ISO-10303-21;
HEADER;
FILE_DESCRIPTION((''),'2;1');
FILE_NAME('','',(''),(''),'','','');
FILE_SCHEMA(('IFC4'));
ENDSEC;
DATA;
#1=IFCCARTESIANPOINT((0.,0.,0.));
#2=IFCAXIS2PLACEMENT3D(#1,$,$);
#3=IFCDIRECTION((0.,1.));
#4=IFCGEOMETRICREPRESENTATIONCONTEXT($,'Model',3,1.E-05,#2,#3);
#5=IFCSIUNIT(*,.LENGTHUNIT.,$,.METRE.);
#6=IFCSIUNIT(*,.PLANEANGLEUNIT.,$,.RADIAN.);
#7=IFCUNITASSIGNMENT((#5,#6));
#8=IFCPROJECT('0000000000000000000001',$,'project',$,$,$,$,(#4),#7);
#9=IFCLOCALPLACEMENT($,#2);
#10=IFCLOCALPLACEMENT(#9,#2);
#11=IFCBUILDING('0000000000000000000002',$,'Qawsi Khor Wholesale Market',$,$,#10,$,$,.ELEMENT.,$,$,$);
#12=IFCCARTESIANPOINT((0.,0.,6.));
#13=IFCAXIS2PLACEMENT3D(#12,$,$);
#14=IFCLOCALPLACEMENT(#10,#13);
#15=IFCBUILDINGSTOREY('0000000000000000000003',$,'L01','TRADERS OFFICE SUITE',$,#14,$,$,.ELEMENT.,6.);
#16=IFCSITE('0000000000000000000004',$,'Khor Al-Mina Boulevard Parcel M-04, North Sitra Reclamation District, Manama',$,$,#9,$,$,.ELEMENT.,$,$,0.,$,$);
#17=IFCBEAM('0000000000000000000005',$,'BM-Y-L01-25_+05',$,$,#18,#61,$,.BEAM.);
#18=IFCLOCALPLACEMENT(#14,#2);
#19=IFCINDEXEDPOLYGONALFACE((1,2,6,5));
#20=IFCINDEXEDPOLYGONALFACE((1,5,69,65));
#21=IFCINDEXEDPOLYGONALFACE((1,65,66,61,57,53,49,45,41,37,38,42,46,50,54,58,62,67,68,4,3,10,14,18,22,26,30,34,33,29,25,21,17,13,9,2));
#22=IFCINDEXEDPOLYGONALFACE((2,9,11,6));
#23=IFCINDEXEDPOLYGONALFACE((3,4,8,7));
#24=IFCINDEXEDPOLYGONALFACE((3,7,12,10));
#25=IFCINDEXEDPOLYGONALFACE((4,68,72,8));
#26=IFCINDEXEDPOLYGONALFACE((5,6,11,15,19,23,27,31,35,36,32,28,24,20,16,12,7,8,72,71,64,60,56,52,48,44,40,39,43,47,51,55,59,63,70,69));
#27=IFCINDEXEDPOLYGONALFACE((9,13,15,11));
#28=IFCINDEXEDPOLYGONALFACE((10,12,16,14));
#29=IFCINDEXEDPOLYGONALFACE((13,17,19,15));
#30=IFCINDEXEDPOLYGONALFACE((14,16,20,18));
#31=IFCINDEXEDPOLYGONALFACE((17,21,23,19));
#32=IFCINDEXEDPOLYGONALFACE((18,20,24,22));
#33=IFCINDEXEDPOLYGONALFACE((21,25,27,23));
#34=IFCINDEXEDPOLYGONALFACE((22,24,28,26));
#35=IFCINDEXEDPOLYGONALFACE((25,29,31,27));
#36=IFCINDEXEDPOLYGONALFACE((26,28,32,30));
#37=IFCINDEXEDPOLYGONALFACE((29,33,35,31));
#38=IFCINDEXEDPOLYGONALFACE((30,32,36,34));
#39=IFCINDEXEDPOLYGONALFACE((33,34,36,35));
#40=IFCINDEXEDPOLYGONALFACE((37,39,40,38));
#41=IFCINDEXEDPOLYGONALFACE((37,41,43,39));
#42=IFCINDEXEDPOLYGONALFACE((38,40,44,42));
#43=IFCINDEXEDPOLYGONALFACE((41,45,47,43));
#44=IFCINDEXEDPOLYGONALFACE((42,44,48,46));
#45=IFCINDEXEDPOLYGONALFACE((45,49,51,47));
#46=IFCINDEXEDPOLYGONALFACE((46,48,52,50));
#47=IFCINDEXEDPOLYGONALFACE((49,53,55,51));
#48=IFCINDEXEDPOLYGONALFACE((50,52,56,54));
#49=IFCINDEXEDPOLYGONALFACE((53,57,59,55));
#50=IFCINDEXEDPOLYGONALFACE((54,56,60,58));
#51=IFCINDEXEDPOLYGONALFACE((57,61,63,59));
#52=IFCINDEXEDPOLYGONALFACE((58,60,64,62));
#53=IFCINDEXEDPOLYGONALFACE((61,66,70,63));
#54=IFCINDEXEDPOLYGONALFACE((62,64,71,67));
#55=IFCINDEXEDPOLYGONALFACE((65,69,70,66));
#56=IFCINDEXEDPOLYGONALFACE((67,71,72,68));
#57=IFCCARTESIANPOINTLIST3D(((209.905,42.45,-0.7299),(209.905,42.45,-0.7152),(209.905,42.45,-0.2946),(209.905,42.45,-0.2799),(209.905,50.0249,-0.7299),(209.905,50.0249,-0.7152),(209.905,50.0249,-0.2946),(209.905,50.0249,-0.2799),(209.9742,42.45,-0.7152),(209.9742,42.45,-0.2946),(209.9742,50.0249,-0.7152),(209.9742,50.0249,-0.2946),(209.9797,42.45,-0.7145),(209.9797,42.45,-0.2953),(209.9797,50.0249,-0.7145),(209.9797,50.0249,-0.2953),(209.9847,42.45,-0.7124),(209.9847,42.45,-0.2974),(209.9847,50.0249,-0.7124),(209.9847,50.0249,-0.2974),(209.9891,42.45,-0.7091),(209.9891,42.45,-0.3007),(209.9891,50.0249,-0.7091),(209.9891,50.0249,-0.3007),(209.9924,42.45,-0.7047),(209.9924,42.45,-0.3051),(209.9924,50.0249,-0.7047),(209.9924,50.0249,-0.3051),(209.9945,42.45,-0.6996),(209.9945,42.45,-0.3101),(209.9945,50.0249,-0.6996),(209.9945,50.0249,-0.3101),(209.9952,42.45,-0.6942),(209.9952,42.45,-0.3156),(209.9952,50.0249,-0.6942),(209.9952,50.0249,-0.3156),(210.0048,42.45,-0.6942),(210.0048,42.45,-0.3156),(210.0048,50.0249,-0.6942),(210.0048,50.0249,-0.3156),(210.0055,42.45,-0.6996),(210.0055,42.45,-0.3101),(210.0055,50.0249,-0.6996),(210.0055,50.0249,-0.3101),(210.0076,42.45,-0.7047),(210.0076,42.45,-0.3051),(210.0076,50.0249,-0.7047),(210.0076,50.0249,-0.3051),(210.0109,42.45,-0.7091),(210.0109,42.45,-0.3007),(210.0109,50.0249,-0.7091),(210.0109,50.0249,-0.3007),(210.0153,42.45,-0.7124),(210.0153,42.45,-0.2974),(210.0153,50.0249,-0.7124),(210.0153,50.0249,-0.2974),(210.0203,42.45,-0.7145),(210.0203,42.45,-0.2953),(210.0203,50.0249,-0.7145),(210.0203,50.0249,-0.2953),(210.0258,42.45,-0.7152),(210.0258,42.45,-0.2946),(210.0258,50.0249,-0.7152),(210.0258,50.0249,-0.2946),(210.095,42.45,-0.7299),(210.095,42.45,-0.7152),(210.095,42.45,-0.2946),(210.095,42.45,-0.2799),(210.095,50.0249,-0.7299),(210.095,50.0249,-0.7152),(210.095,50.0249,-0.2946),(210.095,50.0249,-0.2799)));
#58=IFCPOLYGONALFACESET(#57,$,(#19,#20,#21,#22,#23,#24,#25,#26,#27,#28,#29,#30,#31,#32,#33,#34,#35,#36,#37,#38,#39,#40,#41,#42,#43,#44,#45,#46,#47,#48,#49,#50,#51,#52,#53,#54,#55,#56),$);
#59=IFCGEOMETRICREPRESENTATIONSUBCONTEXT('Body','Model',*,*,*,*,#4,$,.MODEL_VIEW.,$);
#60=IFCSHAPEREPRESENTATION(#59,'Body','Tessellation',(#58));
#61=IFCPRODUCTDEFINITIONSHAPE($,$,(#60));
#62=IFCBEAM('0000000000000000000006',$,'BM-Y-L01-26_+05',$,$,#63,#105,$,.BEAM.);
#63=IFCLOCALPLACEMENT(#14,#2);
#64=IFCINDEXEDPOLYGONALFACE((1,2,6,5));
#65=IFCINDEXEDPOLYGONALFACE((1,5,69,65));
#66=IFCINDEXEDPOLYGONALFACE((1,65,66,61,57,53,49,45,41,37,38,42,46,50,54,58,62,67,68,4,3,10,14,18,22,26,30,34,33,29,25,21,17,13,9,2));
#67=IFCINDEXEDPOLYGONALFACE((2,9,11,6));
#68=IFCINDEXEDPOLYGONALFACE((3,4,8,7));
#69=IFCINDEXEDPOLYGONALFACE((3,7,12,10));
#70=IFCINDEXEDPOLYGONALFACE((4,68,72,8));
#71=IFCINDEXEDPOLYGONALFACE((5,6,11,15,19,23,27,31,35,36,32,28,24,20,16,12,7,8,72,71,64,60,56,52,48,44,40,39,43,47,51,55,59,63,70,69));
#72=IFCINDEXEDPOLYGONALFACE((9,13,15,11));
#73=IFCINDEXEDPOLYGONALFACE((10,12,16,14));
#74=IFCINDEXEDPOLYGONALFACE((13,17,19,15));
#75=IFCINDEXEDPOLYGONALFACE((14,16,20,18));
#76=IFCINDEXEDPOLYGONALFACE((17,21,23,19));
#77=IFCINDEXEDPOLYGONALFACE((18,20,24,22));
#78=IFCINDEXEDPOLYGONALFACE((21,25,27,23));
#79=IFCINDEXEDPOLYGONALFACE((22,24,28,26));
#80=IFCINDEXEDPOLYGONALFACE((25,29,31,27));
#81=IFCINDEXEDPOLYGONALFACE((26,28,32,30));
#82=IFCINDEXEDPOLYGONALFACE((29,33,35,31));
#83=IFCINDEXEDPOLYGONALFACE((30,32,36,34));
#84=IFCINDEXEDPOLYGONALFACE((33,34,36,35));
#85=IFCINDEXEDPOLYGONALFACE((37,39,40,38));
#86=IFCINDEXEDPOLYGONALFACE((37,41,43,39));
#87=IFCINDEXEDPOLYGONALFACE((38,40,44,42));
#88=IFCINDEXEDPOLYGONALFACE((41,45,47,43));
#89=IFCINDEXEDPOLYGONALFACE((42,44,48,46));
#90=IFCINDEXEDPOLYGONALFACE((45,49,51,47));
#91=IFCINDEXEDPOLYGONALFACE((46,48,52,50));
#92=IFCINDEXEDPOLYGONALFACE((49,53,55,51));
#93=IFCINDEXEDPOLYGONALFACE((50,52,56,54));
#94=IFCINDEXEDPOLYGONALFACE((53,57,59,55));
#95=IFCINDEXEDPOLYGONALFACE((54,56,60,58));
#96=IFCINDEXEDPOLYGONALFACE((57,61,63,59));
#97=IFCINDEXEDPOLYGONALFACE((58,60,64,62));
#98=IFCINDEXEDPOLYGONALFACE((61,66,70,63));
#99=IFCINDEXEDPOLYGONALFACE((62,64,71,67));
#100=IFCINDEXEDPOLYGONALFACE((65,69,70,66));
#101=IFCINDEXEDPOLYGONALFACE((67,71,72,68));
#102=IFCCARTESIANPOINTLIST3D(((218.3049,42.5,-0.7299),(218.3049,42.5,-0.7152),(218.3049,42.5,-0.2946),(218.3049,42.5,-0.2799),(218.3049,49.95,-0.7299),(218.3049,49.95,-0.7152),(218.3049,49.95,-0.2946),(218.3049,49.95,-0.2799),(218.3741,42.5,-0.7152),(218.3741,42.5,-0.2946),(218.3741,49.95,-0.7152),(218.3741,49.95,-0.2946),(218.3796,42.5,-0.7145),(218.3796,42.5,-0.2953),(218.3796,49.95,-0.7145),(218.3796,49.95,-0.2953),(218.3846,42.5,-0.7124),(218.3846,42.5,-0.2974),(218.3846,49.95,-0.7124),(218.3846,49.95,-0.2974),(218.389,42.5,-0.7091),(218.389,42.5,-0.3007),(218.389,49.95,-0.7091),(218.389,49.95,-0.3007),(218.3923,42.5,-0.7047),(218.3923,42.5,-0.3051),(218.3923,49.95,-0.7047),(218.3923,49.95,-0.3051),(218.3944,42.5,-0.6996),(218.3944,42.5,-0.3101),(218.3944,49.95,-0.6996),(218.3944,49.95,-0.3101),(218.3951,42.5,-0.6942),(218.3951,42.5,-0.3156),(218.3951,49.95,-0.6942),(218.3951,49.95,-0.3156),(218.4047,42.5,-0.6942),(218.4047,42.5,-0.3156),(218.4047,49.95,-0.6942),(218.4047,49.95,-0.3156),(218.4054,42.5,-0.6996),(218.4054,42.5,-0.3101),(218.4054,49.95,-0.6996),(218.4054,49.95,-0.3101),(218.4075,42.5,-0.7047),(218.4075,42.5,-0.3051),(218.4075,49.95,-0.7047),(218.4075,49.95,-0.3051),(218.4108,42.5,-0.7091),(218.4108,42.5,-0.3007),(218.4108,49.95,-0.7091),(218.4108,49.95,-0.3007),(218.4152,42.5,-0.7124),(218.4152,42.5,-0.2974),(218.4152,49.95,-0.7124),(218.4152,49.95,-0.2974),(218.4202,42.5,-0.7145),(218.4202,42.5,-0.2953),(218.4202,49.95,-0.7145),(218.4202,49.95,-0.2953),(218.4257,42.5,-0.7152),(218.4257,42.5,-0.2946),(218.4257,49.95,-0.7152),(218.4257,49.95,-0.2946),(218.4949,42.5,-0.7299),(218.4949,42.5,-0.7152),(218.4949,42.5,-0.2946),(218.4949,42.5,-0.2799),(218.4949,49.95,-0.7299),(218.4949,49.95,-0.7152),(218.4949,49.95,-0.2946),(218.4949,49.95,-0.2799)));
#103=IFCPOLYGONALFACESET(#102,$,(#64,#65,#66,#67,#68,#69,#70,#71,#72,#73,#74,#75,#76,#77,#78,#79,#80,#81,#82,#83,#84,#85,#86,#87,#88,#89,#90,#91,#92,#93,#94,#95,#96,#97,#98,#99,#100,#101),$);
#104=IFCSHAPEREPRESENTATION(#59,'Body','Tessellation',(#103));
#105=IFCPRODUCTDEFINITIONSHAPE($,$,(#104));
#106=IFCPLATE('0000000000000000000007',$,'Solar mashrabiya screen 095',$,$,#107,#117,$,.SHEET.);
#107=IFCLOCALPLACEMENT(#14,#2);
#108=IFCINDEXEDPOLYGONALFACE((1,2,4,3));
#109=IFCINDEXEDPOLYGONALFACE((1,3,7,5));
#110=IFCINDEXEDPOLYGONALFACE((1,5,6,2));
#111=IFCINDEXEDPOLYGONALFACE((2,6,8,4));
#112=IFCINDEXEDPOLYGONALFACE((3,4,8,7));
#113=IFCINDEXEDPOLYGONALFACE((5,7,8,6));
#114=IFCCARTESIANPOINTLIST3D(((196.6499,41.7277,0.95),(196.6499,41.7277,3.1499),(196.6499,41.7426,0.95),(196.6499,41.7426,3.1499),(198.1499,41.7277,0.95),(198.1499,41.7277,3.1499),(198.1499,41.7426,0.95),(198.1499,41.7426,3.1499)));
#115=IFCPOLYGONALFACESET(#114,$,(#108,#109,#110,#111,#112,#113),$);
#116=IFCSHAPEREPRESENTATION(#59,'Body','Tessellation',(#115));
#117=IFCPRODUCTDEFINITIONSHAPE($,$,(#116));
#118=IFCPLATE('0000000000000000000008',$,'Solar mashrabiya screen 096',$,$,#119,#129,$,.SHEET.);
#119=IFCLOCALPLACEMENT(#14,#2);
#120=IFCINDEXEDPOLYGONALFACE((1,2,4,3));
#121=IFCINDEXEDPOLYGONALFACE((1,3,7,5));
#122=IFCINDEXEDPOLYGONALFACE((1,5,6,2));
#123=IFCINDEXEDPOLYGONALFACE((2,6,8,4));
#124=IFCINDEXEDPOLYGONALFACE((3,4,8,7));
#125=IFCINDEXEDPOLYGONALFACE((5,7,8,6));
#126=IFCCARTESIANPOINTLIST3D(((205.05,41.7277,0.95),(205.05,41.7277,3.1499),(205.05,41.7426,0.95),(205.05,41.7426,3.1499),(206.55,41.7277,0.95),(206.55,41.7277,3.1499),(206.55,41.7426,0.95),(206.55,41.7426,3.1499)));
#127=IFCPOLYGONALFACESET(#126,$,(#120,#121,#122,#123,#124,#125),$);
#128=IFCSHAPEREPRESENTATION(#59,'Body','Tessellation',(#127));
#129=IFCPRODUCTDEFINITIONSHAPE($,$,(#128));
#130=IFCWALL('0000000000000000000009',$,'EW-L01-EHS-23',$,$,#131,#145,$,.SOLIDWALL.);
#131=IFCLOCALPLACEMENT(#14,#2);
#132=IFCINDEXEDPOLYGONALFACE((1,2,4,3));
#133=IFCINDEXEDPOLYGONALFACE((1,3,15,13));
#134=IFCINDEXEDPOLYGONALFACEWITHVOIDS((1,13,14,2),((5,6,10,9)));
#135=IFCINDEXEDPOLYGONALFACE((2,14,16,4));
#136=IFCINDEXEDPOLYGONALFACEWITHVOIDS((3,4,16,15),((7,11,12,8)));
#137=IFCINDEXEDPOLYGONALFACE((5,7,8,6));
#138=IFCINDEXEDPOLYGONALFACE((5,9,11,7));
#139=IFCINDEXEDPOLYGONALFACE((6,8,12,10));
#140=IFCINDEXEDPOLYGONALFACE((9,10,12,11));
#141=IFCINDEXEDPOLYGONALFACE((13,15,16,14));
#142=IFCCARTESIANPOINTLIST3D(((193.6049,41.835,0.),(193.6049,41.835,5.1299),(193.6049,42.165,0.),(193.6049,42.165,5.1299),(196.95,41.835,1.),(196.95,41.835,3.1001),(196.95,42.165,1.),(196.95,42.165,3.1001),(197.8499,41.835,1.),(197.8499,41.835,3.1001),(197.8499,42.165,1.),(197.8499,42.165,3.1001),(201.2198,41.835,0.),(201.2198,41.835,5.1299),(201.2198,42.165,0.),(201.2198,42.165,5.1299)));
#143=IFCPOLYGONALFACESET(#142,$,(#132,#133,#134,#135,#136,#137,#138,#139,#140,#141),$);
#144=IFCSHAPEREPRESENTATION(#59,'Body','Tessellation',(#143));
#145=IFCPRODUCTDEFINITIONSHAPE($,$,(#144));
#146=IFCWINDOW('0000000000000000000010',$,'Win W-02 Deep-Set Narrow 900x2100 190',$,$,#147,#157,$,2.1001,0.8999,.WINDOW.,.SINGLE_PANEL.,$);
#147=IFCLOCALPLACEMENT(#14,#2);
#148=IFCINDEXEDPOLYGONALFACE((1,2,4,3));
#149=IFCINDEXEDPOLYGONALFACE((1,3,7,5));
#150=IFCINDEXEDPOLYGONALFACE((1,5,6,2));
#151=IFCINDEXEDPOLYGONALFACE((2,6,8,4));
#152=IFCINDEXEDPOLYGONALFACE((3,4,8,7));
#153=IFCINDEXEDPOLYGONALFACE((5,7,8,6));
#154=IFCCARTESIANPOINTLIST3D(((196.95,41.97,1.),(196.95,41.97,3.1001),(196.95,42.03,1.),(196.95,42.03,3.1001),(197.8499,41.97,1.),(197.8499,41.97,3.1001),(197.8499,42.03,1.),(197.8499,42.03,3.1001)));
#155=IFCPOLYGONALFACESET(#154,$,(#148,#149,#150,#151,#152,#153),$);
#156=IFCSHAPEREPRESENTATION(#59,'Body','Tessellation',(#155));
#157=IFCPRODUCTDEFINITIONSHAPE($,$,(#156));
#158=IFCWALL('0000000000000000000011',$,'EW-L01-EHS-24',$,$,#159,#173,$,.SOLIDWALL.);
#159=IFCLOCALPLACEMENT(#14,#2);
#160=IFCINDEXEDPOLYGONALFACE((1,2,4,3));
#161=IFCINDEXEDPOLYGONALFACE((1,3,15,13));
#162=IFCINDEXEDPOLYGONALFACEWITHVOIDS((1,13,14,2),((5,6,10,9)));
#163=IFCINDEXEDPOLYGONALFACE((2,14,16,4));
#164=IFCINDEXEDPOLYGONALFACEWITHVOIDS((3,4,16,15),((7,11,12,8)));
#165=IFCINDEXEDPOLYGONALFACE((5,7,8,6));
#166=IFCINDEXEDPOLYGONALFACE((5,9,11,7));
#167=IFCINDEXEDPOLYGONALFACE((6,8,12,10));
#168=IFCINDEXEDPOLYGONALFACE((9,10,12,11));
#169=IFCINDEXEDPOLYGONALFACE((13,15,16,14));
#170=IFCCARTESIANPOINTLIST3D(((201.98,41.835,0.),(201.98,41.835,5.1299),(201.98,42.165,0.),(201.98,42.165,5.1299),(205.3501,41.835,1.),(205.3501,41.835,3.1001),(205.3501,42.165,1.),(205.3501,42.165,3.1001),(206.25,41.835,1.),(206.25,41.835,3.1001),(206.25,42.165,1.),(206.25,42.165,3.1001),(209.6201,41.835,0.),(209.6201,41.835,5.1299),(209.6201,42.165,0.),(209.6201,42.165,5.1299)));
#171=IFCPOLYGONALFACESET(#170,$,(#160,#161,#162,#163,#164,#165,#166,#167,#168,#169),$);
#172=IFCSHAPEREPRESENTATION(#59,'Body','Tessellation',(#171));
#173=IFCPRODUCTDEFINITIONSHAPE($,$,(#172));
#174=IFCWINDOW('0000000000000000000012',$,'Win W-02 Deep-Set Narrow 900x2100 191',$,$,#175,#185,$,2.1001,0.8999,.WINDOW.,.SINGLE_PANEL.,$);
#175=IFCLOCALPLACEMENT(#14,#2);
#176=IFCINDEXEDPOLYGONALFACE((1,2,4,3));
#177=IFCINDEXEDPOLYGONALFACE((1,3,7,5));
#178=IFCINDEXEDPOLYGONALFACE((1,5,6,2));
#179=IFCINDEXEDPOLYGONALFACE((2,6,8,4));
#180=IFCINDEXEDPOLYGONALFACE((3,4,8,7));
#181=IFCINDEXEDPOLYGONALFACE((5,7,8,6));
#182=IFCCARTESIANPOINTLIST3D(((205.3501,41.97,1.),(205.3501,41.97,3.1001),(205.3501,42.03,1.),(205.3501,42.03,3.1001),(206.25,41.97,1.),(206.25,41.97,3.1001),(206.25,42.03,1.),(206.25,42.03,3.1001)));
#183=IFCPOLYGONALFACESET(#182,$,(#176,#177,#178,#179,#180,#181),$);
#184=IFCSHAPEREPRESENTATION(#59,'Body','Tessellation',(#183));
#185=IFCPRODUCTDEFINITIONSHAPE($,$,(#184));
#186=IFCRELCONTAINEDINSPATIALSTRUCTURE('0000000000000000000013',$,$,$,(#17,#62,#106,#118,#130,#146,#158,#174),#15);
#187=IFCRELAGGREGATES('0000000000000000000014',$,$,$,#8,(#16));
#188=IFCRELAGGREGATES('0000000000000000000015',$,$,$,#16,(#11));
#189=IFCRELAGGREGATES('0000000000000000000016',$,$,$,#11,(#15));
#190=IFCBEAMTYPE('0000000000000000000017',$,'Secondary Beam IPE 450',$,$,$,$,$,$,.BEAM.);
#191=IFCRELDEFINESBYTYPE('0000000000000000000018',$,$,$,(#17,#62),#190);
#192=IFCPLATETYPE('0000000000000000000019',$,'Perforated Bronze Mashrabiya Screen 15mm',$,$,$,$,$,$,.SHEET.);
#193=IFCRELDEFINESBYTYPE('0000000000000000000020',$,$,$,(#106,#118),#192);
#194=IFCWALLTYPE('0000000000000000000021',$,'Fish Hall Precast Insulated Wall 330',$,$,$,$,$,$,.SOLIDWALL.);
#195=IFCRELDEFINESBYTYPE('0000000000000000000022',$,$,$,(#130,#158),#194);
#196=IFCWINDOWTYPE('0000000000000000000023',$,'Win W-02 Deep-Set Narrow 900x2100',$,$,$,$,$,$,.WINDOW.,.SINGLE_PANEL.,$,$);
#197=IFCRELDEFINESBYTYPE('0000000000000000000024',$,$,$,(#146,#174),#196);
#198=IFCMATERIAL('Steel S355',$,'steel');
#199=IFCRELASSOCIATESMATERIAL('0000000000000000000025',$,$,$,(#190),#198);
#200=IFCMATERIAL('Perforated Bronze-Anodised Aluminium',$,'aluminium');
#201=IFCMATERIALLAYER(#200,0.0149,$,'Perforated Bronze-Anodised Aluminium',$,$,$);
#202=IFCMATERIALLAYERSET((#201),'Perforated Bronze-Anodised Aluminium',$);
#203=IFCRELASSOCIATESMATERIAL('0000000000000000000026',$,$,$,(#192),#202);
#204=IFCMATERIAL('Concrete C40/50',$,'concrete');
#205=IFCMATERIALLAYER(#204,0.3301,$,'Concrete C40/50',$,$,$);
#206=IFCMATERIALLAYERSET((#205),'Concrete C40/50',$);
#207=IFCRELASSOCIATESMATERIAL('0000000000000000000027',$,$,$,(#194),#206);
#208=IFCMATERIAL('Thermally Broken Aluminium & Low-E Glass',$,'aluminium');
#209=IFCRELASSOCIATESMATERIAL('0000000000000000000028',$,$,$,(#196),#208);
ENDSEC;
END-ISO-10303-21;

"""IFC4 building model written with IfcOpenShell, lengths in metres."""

from ifc_helpers import new_model, si_unit, direction, frame, frame_2d, origin, origin_2d, place, context, subcontext, project, spatial, rectangle, i_section, extrude, material, layer, layer_set, material_profile, profile_set, type_object, element, fill, save


model = new_model("IFC4")

# Units and contexts
model_context = context("Model", 3, precision=1e-05, world=origin(), true_north=direction((0.0, 1.0)))
body_context = subcontext(model_context, "Body", "Model", "MODEL_VIEW")
ifc_project = project(units=[si_unit("LENGTHUNIT", "METRE"), si_unit("PLANEANGLEUNIT", "RADIAN")], contexts=[model_context])

# Site, building, storey
site_placement = place(None, origin())
site = spatial("IfcSite", under=ifc_project, at=site_placement, Name="Khor Al-Mina Boulevard Parcel M-04, North Sitra Reclamation District, Manama", CompositionType="ELEMENT", RefElevation=0.0)
building_placement = place(site_placement, origin())
building = spatial("IfcBuilding", under=site, at=building_placement, Name="Qawsi Khor Wholesale Market", CompositionType="ELEMENT")
storey_placement = place(building_placement, frame((0.0, 0.0, 6.0)))
storey = spatial("IfcBuildingStorey", under=building, at=storey_placement, Name="L01", Description="TRADERS OFFICE SUITE", CompositionType="ELEMENT", Elevation=6.0)

# Shared definitions
ifc_material_1 = material(Name="Concrete C40/50", Category="concrete")

# Beams
ifc_material_2 = material(Name="Steel S355", Category="steel")
ifc_material_profile_1 = material_profile(ifc_material_2, i_section(OverallWidth=0.1899, OverallDepth=0.45, WebThickness=0.0095, FlangeThickness=0.0146, FilletRadius=0.021, at=origin_2d()), Name="IPE 450")
ifc_profile_set_1 = profile_set([ifc_material_profile_1], Name="Steel S355")
beam_type_1 = type_object("IfcBeamType", Name="Secondary Beam IPE 450", PredefinedType="BEAM", material=ifc_profile_set_1)
for number, where, z_axis, x_axis, name in (
    (1, (210.0, 42.45, -0.5049), (0.0, 1.0, 0.0), (-1.0, 0.0, 0.0), "BM-Y-L01-25_+05"),
):
    element("IfcBeam", number, at=place(storey_placement, frame(where, z_axis=z_axis, x_axis=x_axis)), inside=storey, type_object=beam_type_1, Name=name, PredefinedType="BEAM", context=body_context, shape_type="SweptSolid", body=[
        extrude(i_section(OverallWidth=0.1899, OverallDepth=0.45, WebThickness=0.0095, FlangeThickness=0.0146, FilletRadius=0.021, at=origin_2d()), origin(), (0.0, 0.0, 1.0), 7.575),
    ])
beam_1_placement = place(storey_placement, frame((218.3999, 42.5, -0.5049), z_axis=(0.0, 1.0, 0.0), x_axis=(-1.0, 0.0, 0.0)))
element("IfcBeam", 2, at=beam_1_placement, inside=storey, type_object=beam_type_1, Name="BM-Y-L01-26_+05", PredefinedType="BEAM", context=body_context, shape_type="SweptSolid", body=[
    extrude(i_section(OverallWidth=0.1899, OverallDepth=0.45, WebThickness=0.0095, FlangeThickness=0.0146, FilletRadius=0.021, at=origin_2d()), origin(), (0.0, 0.0, 1.0), 7.45),
])

# Plates
ifc_material_3 = material(Name="Perforated Bronze-Anodised Aluminium", Category="aluminium")
ifc_layer_1 = layer(ifc_material_3, 0.0149, Name="Perforated Bronze-Anodised Aluminium")
ifc_layer_set_1 = layer_set([ifc_layer_1], Name="Perforated Bronze-Anodised Aluminium")
plate_type = type_object("IfcPlateType", Name="Perforated Bronze Mashrabiya Screen 15mm", PredefinedType="SHEET", material=ifc_layer_set_1)
for number, where, z_axis, x_axis, name in (
    (3, (198.1499, 41.7351, 0.95), (0.0, 0.0, 1.0), (-1.0, 0.0, 0.0), "Solar mashrabiya screen 095"),
    (4, (206.55, 41.7351, 0.95), (0.0, 0.0, 1.0), (-1.0, 0.0, 0.0), "Solar mashrabiya screen 096"),
):
    element("IfcPlate", number, at=place(storey_placement, frame(where, z_axis=z_axis, x_axis=x_axis)), inside=storey, type_object=plate_type, Name=name, PredefinedType="SHEET", context=body_context, shape_type="SweptSolid", body=[
        extrude(rectangle(XDim=1.5, YDim=0.0149, at=frame_2d((0.75, 0.0))), origin(), (0.0, 0.0, 1.0), 2.2),
    ])

# Walls, openings, windows
ifc_layer_2 = layer(ifc_material_1, 0.3301, Name="Concrete C40/50")
ifc_layer_set_2 = layer_set([ifc_layer_2], Name="Concrete C40/50")
wall_type_1 = type_object("IfcWallType", Name="Fish Hall Precast Insulated Wall 330", PredefinedType="SOLIDWALL", material=ifc_layer_set_2)
wall_1_placement = place(storey_placement, frame((201.22, 42.0, 0.0), z_axis=(0.0, 0.0, 1.0), x_axis=(-1.0, 0.0, 0.0)))
wall_1 = element("IfcWall", 5, at=wall_1_placement, inside=storey, type_object=wall_type_1, Name="EW-L01-EHS-23", PredefinedType="SOLIDWALL", context=body_context, shape_type="SweptSolid", body=[
    extrude(rectangle(XDim=7.615, YDim=0.3301, at=frame_2d((3.8076, 0.0))), origin(), (0.0, 0.0, 1.0), 5.1299),
])
opening_1_placement = place(wall_1_placement, frame((3.3701, 0.0, 1.0)))
opening_1 = element("IfcOpeningElement", 6, at=opening_1_placement, cuts=wall_1, PredefinedType="OPENING", context=body_context, shape_type="SweptSolid", body=[
    extrude(rectangle(XDim=0.8999, YDim=2.1001, at=frame_2d((0.45, 1.05))), frame((0.0, 0.175, 0.0), z_axis=(0.0, -1.0, 0.0), x_axis=(1.0, 0.0, 0.0)), (0.0, 0.0, 1.0), 0.3501),
])
ifc_material_4 = material(Name="Thermally Broken Aluminium & Low-E Glass", Category="aluminium")
window_type = type_object("IfcWindowType", Name="Win W-02 Deep-Set Narrow 900x2100", PartitioningType="SINGLE_PANEL", PredefinedType="WINDOW", material=ifc_material_4)
window_1_placement = place(opening_1_placement, origin())
window_1 = element("IfcWindow", 7, at=window_1_placement, inside=storey, type_object=window_type, Name="Win W-02 Deep-Set Narrow 900x2100 190", OverallHeight=2.1001, OverallWidth=0.8999, PartitioningType="SINGLE_PANEL", PredefinedType="WINDOW", context=body_context, shape_type="SweptSolid", body=[
    extrude(rectangle(XDim=0.8999, YDim=2.1001, at=frame_2d((0.45, 1.05))), frame((0.0, 0.03, 0.0), z_axis=(0.0, -1.0, 0.0), x_axis=(1.0, 0.0, 0.0)), (0.0, 0.0, 1.0), 0.0601),
])
fill(opening_1, window_1)
wall_2_placement = place(storey_placement, frame((209.6201, 42.0, 0.0), z_axis=(0.0, 0.0, 1.0), x_axis=(-1.0, 0.0, 0.0)))
wall_2 = element("IfcWall", 8, at=wall_2_placement, inside=storey, type_object=wall_type_1, Name="EW-L01-EHS-24", PredefinedType="SOLIDWALL", context=body_context, shape_type="SweptSolid", body=[
    extrude(rectangle(XDim=7.6401, YDim=0.3301, at=frame_2d((3.8201, 0.0))), origin(), (0.0, 0.0, 1.0), 5.1299),
])
opening_2_placement = place(wall_2_placement, frame((3.3701, 0.0, 1.0)))
opening_2 = element("IfcOpeningElement", 9, at=opening_2_placement, cuts=wall_2, PredefinedType="OPENING", context=body_context, shape_type="SweptSolid", body=[
    extrude(rectangle(XDim=0.8999, YDim=2.1001, at=frame_2d((0.45, 1.05))), frame((0.0, 0.175, 0.0), z_axis=(0.0, -1.0, 0.0), x_axis=(1.0, 0.0, 0.0)), (0.0, 0.0, 1.0), 0.3501),
])
window_2_placement = place(opening_2_placement, origin())
window_2 = element("IfcWindow", 10, at=window_2_placement, inside=storey, type_object=window_type, Name="Win W-02 Deep-Set Narrow 900x2100 191", OverallHeight=2.1001, OverallWidth=0.8999, PartitioningType="SINGLE_PANEL", PredefinedType="WINDOW", context=body_context, shape_type="SweptSolid", body=[
    extrude(rectangle(XDim=0.8999, YDim=2.1001, at=frame_2d((0.45, 1.05))), frame((0.0, 0.03, 0.0), z_axis=(0.0, -1.0, 0.0), x_axis=(1.0, 0.0, 0.0)), (0.0, 0.0, 1.0), 0.0601),
])
fill(opening_2, window_2)

save(model, "model.ifc")
